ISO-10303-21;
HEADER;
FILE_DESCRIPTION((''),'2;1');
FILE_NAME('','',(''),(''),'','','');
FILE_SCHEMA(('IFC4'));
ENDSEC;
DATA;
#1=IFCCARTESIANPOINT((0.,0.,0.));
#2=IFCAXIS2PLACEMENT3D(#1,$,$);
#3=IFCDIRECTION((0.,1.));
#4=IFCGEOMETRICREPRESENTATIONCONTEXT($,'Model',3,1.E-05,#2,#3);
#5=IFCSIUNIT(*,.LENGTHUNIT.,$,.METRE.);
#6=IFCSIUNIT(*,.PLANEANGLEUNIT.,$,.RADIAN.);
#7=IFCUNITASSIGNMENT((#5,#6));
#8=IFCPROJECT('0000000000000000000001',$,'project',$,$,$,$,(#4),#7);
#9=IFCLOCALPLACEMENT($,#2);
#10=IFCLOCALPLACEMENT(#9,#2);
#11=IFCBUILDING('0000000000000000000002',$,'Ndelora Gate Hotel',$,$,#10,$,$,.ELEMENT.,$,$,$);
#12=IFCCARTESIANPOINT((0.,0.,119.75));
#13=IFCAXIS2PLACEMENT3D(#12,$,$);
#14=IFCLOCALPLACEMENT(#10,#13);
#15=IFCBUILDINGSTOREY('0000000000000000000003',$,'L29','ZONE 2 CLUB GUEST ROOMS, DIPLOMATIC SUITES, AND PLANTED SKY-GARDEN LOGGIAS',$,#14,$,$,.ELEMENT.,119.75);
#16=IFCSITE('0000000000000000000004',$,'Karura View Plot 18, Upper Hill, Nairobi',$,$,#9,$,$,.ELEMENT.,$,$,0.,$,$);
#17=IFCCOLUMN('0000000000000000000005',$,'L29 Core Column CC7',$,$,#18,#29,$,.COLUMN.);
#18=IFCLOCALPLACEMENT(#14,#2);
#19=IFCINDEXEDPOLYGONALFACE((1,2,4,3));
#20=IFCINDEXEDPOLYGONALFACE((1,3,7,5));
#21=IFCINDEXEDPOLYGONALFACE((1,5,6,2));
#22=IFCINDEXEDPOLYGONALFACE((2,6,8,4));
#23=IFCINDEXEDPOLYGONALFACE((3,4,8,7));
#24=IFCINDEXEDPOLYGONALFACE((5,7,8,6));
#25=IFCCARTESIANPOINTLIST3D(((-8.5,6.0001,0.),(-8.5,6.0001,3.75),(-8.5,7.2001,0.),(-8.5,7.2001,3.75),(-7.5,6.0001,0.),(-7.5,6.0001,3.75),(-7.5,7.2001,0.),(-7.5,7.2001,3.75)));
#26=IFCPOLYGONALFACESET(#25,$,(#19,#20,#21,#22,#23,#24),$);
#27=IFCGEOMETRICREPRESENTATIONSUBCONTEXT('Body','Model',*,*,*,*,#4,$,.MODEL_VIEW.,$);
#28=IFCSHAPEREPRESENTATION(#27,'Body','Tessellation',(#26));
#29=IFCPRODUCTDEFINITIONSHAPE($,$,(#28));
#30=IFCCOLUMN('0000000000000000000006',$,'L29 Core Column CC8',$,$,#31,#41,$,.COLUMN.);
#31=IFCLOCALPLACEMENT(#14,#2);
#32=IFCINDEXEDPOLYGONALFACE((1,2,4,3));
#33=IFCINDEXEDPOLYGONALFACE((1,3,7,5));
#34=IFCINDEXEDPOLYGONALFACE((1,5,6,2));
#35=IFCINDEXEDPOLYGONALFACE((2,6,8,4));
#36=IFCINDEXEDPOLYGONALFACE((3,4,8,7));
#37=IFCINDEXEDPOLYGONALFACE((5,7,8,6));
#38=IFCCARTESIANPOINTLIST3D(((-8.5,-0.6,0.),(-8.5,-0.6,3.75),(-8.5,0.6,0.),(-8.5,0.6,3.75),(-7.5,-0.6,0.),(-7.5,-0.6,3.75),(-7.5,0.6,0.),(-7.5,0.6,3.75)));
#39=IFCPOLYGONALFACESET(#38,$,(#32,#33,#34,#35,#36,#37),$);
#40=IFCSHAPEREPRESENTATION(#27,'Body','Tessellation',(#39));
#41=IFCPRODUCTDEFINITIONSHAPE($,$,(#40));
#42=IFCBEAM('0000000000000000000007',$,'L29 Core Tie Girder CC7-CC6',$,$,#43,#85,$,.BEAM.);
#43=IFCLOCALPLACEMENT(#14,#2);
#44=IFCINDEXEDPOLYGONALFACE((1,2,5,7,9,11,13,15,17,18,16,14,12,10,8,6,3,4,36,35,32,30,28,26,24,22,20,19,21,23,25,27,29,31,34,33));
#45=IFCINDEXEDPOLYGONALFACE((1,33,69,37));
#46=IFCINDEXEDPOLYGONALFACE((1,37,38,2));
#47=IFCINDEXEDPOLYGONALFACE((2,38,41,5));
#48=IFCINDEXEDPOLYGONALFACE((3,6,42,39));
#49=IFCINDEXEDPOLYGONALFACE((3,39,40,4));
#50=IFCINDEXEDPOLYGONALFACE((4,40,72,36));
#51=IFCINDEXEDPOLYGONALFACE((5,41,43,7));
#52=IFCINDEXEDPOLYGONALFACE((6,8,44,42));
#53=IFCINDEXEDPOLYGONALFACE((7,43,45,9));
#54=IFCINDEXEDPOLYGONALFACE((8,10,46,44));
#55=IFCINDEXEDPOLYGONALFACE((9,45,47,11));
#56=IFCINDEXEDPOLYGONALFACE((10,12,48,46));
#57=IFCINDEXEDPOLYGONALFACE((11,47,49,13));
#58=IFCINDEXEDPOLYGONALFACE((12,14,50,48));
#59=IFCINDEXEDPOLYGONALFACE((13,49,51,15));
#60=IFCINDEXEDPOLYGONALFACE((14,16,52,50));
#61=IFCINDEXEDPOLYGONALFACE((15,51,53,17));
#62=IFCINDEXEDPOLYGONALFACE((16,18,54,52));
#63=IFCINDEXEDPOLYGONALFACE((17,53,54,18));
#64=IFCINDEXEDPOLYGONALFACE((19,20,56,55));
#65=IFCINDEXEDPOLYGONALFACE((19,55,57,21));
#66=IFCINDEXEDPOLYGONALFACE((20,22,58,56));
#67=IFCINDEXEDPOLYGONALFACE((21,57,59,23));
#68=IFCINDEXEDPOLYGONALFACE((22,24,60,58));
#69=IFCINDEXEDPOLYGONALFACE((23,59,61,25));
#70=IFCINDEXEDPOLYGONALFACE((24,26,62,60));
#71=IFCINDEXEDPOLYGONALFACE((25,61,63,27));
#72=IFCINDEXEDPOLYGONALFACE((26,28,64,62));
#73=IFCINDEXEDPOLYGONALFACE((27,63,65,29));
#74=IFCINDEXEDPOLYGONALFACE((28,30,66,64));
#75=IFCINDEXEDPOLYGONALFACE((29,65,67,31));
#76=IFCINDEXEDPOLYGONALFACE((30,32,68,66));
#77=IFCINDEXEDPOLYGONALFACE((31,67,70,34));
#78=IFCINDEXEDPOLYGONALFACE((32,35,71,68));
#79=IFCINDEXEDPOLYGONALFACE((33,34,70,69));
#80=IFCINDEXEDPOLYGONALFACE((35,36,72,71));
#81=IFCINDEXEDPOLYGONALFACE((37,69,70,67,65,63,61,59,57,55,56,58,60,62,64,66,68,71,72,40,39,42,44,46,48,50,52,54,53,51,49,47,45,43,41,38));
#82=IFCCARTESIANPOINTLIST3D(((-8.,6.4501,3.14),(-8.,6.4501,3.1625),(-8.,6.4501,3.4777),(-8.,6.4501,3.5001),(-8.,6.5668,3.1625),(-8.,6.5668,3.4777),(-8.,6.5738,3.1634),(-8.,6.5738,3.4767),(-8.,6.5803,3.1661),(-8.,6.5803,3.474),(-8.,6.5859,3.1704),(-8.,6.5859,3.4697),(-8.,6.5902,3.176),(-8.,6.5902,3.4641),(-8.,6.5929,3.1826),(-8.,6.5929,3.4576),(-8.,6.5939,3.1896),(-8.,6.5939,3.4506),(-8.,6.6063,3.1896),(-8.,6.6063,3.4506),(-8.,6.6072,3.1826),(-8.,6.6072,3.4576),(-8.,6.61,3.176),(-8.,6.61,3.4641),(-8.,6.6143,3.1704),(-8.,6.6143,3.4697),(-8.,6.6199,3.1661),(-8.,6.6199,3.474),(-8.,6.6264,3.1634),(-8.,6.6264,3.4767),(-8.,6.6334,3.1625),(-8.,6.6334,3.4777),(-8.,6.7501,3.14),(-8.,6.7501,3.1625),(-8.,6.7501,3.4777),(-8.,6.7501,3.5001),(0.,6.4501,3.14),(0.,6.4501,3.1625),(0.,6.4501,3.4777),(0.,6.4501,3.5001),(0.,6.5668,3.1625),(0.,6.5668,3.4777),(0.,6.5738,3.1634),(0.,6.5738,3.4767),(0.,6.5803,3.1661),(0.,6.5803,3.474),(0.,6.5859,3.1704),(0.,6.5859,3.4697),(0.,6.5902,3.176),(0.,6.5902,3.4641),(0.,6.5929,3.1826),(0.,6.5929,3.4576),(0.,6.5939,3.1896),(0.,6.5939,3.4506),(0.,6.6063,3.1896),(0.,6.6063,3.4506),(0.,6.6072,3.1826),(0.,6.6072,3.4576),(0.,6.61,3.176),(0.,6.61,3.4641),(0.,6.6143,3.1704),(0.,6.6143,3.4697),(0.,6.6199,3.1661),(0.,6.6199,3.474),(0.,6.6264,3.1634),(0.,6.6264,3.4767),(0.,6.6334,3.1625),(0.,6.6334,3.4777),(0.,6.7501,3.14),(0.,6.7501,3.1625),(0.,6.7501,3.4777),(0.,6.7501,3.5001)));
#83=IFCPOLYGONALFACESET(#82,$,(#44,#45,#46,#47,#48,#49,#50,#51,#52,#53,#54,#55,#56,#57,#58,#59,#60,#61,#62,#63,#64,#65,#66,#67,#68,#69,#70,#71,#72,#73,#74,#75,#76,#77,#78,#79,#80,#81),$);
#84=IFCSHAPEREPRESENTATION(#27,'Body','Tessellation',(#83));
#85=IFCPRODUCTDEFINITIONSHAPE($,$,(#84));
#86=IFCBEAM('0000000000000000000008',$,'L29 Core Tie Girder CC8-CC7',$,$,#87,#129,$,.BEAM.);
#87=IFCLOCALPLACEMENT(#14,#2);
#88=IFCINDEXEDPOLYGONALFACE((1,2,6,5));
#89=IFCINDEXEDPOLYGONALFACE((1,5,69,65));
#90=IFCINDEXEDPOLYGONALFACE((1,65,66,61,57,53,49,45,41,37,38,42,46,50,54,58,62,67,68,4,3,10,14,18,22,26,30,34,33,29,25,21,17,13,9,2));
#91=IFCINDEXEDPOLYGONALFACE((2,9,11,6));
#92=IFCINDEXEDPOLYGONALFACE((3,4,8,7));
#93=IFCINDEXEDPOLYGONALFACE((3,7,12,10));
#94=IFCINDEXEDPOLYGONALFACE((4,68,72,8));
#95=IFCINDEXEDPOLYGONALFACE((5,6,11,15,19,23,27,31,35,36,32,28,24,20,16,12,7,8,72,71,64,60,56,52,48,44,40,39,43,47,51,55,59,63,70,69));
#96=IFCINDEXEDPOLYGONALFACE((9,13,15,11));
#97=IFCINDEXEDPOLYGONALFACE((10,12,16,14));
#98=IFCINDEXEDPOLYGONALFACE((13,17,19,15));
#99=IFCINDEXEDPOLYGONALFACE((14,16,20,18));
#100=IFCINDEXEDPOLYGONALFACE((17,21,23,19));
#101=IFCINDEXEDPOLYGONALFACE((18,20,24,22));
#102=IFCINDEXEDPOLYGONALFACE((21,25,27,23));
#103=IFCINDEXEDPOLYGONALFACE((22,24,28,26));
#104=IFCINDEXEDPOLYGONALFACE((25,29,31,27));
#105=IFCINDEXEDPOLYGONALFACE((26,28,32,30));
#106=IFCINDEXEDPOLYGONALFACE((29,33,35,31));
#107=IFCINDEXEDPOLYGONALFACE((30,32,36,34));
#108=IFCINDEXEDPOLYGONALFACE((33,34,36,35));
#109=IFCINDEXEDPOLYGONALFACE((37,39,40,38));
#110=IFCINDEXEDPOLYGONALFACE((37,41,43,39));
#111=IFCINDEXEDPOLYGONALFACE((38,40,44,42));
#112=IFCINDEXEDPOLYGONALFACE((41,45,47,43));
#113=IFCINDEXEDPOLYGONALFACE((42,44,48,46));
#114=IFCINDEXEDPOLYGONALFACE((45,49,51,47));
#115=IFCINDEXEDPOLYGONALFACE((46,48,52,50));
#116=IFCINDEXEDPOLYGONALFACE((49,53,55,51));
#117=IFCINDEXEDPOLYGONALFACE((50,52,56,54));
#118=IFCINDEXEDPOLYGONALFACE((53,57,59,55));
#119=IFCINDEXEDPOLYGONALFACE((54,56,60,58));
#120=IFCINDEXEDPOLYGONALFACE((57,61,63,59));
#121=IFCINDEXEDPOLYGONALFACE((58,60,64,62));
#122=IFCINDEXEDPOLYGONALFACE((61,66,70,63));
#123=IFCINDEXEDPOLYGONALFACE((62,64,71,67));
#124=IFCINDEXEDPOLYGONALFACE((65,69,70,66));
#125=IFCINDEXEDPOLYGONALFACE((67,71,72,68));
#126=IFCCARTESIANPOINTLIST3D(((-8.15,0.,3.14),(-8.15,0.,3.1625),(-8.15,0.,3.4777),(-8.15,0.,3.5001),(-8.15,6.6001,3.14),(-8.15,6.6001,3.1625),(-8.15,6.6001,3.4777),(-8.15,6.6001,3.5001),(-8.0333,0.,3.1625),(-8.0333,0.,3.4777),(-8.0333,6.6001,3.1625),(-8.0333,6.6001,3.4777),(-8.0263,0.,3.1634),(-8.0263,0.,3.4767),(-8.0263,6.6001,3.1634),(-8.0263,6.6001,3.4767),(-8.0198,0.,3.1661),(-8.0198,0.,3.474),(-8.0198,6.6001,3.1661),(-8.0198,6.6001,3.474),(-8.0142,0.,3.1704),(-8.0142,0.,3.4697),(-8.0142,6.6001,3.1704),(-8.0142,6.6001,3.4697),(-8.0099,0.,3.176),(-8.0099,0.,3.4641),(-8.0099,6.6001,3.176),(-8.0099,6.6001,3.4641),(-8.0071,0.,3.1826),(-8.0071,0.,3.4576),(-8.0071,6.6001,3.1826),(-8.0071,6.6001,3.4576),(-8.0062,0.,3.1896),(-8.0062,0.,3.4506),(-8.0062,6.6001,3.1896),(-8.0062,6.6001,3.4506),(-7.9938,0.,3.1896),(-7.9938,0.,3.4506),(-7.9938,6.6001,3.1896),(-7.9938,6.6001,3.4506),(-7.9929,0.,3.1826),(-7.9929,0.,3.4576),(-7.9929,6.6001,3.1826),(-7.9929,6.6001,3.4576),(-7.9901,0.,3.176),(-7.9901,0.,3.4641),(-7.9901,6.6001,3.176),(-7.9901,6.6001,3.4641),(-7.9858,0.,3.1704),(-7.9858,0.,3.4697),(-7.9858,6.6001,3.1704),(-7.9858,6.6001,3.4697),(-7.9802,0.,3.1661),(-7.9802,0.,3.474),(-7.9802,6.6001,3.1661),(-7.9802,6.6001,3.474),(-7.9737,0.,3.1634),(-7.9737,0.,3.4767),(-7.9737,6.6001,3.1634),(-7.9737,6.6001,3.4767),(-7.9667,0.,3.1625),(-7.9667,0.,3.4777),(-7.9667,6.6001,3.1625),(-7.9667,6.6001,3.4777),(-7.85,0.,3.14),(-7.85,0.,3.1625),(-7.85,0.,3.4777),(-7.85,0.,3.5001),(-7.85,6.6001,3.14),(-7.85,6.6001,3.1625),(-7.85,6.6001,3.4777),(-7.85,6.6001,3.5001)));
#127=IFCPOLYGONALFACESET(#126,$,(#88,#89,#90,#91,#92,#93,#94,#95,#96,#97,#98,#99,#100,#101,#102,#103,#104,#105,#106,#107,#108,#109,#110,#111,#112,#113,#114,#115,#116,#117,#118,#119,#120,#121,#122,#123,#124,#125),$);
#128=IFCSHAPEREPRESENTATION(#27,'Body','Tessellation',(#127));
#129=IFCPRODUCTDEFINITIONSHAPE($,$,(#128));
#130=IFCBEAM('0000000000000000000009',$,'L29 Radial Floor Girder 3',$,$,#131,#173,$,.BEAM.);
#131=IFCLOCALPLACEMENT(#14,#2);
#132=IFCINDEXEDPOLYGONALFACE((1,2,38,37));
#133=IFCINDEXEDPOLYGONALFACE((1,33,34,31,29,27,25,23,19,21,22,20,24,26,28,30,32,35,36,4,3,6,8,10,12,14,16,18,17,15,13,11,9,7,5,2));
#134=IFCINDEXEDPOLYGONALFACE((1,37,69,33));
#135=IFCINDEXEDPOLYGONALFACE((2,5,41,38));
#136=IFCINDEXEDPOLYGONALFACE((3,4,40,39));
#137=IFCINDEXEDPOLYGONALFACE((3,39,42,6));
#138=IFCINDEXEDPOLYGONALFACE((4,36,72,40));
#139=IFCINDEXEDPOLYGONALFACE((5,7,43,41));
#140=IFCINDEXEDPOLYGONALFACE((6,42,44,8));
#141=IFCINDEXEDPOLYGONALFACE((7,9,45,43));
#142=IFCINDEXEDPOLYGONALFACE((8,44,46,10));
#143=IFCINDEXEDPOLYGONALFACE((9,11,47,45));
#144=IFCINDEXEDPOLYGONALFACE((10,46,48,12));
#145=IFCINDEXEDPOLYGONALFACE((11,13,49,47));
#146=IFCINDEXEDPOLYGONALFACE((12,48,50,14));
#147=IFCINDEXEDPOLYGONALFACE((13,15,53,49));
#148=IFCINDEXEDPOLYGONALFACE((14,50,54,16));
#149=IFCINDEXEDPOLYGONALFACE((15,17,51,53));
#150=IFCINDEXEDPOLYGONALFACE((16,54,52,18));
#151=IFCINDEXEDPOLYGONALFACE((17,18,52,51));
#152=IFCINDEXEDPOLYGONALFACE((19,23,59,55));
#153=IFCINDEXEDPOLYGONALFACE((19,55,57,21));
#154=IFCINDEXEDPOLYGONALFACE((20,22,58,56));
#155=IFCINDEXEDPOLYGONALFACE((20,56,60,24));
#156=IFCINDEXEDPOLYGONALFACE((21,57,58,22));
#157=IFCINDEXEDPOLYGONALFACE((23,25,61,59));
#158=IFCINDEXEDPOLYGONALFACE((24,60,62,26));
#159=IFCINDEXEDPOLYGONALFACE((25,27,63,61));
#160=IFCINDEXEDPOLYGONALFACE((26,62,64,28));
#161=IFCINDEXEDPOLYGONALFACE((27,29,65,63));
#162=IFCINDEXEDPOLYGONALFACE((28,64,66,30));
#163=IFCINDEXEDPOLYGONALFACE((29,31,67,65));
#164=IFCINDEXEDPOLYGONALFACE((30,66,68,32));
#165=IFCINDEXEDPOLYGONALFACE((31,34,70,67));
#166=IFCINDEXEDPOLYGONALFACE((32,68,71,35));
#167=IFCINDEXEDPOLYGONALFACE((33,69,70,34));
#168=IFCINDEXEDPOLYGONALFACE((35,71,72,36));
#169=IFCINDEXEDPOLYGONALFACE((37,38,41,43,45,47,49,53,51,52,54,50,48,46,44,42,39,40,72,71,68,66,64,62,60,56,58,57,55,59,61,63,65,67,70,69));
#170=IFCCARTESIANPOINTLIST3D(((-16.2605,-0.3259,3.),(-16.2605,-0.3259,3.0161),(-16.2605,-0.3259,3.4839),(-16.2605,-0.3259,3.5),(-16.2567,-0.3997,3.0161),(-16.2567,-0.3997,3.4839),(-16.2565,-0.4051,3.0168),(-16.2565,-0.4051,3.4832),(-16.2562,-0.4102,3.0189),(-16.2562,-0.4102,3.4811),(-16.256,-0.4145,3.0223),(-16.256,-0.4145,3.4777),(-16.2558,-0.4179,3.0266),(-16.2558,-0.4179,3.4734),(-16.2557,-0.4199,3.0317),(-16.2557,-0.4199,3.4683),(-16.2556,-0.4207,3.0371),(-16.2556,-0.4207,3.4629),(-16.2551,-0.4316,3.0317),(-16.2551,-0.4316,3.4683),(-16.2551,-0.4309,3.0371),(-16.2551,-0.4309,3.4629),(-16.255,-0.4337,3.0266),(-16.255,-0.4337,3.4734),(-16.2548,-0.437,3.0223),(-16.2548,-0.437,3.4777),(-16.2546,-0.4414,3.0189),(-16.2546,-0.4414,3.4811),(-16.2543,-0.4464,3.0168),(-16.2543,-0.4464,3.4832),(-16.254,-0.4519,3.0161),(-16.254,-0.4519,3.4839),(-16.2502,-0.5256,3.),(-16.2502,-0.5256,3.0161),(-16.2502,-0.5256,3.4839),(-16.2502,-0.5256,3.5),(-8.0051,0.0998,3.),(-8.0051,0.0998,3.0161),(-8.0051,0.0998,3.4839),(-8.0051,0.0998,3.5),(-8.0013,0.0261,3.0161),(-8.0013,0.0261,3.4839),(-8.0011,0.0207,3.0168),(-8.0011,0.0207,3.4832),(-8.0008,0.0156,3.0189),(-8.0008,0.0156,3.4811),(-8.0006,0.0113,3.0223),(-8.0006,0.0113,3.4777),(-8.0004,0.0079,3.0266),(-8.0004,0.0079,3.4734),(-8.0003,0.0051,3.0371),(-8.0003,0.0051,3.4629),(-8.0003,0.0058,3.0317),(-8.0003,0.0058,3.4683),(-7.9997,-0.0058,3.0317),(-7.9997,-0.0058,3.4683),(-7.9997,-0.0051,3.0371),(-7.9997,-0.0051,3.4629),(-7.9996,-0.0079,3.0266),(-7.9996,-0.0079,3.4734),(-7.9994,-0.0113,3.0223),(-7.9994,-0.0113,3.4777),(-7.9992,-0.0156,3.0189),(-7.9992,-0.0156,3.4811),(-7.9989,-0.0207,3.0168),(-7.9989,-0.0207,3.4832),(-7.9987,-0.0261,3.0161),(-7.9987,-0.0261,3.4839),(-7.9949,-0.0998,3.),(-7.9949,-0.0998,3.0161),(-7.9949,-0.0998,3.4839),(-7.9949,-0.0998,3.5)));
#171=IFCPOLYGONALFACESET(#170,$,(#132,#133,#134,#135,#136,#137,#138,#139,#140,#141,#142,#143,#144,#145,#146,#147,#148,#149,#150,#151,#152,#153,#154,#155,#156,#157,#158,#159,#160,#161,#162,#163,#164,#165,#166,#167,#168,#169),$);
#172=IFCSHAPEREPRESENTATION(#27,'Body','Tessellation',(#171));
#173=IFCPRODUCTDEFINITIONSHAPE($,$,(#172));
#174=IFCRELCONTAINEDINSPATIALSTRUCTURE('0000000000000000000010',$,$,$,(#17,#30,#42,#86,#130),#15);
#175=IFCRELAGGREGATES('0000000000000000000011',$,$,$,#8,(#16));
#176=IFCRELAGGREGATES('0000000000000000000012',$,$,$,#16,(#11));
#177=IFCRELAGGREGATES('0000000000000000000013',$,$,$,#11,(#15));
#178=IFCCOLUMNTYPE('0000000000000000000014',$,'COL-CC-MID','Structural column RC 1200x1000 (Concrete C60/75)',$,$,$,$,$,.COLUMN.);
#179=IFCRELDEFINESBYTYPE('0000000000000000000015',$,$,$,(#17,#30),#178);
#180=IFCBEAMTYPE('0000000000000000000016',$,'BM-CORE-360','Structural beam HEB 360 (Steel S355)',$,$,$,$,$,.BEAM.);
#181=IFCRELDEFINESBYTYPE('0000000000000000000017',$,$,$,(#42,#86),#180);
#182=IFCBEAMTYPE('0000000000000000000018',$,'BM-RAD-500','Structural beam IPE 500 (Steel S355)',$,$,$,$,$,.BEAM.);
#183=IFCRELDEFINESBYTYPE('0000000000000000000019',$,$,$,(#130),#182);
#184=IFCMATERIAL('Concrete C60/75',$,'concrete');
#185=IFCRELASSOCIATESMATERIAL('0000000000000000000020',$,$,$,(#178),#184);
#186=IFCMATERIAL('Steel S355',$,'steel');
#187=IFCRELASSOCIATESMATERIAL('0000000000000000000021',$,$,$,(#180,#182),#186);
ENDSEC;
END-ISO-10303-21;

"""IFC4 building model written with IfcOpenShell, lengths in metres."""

from ifc_helpers import new_model, si_unit, direction, frame, origin, origin_2d, place, context, subcontext, project, spatial, rectangle, i_section, extrude, material, material_profile, profile_set, type_object, element, save


model = new_model("IFC4")

# Units and contexts
model_context = context("Model", 3, precision=1e-05, world=origin(), true_north=direction((0.0, 1.0)))
body_context = subcontext(model_context, "Body", "Model", "MODEL_VIEW")
ifc_project = project(units=[si_unit("LENGTHUNIT", "METRE"), si_unit("PLANEANGLEUNIT", "RADIAN")], contexts=[model_context])

# Site, building, storey
site_placement = place(None, origin())
site = spatial("IfcSite", under=ifc_project, at=site_placement, Name="Karura View Plot 18, Upper Hill, Nairobi", CompositionType="ELEMENT", RefElevation=0.0)
building_placement = place(site_placement, origin())
building = spatial("IfcBuilding", under=site, at=building_placement, Name="Ndelora Gate Hotel", CompositionType="ELEMENT")
storey_placement = place(building_placement, frame((0.0, 0.0, 119.75)))
storey = spatial("IfcBuildingStorey", under=building, at=storey_placement, Name="L29", Description="ZONE 2 CLUB GUEST ROOMS, DIPLOMATIC SUITES, AND PLANTED SKY-GARDEN LOGGIAS", CompositionType="ELEMENT", Elevation=119.75)

# Columns
ifc_material_1 = material(Name="Concrete C60/75", Category="concrete")
ifc_material_profile_1 = material_profile(ifc_material_1, rectangle(XDim=1.0, YDim=1.2, at=origin_2d()), Name="RC 1200x1000")
ifc_profile_set_1 = profile_set([ifc_material_profile_1], Name="Concrete C60/75")
column_type = type_object("IfcColumnType", Name="COL-CC-MID", Description="Structural column RC 1200x1000 (Concrete C60/75)", PredefinedType="COLUMN", material=ifc_profile_set_1)
for number, where, z_axis, x_axis, name in (
    (1, (-8.0, 6.6001, 0.0), (0.0, 0.0, 1.0), (1.0, 0.0, 0.0), "L29 Core Column CC7"),
    (2, (-8.0, 0.0, 0.0), (0.0, 0.0, 1.0), (1.0, 0.0, 0.0), "L29 Core Column CC8"),
):
    element("IfcColumn", number, at=place(storey_placement, frame(where, z_axis=z_axis, x_axis=x_axis)), inside=storey, type_object=column_type, Name=name, PredefinedType="COLUMN", context=body_context, shape_type="SweptSolid", body=[
        extrude(rectangle(XDim=1.0, YDim=1.2, at=origin_2d()), origin(), (0.0, 0.0, 1.0), 3.75),
    ])

# Beams
ifc_material_2 = material(Name="Steel S355", Category="steel")
ifc_material_profile_2 = material_profile(ifc_material_2, i_section(OverallWidth=0.3, OverallDepth=0.3601, WebThickness=0.0125, FlangeThickness=0.0225, FilletRadius=0.0271, at=origin_2d()), Name="HEB 360")
ifc_profile_set_2 = profile_set([ifc_material_profile_2], Name="Steel S355")
beam_type_1 = type_object("IfcBeamType", Name="BM-CORE-360", Description="Structural beam HEB 360 (Steel S355)", PredefinedType="BEAM", material=ifc_profile_set_2)
beam_1_placement = place(storey_placement, frame((-8.0, 6.6001, 3.3201), z_axis=(1.0, 0.0, 0.0), x_axis=(0.0, 1.0, 0.0)))
element("IfcBeam", 3, at=beam_1_placement, inside=storey, type_object=beam_type_1, Name="L29 Core Tie Girder CC7-CC6", PredefinedType="BEAM", context=body_context, shape_type="SweptSolid", body=[
    extrude(i_section(OverallWidth=0.3, OverallDepth=0.3601, WebThickness=0.0125, FlangeThickness=0.0225, FilletRadius=0.0271, at=origin_2d()), origin(), (0.0, 0.0, 1.0), 8.0),
])
beam_2_placement = place(storey_placement, frame((-8.0, 0.0, 3.3201), z_axis=(0.0, 1.0, 0.0), x_axis=(-1.0, 0.0, 0.0)))
element("IfcBeam", 4, at=beam_2_placement, inside=storey, type_object=beam_type_1, Name="L29 Core Tie Girder CC8-CC7", PredefinedType="BEAM", context=body_context, shape_type="SweptSolid", body=[
    extrude(i_section(OverallWidth=0.3, OverallDepth=0.3601, WebThickness=0.0125, FlangeThickness=0.0225, FilletRadius=0.0271, at=origin_2d()), origin(), (0.0, 0.0, 1.0), 6.6001),
])
ifc_material_profile_3 = material_profile(ifc_material_2, i_section(OverallWidth=0.2, OverallDepth=0.5, WebThickness=0.0103, FlangeThickness=0.0161, FilletRadius=0.021, at=origin_2d()), Name="IPE 500")
ifc_profile_set_3 = profile_set([ifc_material_profile_3], Name="Steel S355")
beam_type_2 = type_object("IfcBeamType", Name="BM-RAD-500", Description="Structural beam IPE 500 (Steel S355)", PredefinedType="BEAM", material=ifc_profile_set_3)
beam_3_placement = place(storey_placement, frame((-8.0, 0.0, 3.25), z_axis=(-0.998673, -0.051508, 0.0), x_axis=(0.051508, -0.998673, 0.0)))
element("IfcBeam", 5, at=beam_3_placement, inside=storey, type_object=beam_type_2, Name="L29 Radial Floor Girder 3", PredefinedType="BEAM", context=body_context, shape_type="SweptSolid", body=[
    extrude(i_section(OverallWidth=0.2, OverallDepth=0.5, WebThickness=0.0103, FlangeThickness=0.0161, FilletRadius=0.021, at=origin_2d()), origin(), (0.0, 0.0, 1.0), 8.2664),
])

save(model, "model.ifc")
